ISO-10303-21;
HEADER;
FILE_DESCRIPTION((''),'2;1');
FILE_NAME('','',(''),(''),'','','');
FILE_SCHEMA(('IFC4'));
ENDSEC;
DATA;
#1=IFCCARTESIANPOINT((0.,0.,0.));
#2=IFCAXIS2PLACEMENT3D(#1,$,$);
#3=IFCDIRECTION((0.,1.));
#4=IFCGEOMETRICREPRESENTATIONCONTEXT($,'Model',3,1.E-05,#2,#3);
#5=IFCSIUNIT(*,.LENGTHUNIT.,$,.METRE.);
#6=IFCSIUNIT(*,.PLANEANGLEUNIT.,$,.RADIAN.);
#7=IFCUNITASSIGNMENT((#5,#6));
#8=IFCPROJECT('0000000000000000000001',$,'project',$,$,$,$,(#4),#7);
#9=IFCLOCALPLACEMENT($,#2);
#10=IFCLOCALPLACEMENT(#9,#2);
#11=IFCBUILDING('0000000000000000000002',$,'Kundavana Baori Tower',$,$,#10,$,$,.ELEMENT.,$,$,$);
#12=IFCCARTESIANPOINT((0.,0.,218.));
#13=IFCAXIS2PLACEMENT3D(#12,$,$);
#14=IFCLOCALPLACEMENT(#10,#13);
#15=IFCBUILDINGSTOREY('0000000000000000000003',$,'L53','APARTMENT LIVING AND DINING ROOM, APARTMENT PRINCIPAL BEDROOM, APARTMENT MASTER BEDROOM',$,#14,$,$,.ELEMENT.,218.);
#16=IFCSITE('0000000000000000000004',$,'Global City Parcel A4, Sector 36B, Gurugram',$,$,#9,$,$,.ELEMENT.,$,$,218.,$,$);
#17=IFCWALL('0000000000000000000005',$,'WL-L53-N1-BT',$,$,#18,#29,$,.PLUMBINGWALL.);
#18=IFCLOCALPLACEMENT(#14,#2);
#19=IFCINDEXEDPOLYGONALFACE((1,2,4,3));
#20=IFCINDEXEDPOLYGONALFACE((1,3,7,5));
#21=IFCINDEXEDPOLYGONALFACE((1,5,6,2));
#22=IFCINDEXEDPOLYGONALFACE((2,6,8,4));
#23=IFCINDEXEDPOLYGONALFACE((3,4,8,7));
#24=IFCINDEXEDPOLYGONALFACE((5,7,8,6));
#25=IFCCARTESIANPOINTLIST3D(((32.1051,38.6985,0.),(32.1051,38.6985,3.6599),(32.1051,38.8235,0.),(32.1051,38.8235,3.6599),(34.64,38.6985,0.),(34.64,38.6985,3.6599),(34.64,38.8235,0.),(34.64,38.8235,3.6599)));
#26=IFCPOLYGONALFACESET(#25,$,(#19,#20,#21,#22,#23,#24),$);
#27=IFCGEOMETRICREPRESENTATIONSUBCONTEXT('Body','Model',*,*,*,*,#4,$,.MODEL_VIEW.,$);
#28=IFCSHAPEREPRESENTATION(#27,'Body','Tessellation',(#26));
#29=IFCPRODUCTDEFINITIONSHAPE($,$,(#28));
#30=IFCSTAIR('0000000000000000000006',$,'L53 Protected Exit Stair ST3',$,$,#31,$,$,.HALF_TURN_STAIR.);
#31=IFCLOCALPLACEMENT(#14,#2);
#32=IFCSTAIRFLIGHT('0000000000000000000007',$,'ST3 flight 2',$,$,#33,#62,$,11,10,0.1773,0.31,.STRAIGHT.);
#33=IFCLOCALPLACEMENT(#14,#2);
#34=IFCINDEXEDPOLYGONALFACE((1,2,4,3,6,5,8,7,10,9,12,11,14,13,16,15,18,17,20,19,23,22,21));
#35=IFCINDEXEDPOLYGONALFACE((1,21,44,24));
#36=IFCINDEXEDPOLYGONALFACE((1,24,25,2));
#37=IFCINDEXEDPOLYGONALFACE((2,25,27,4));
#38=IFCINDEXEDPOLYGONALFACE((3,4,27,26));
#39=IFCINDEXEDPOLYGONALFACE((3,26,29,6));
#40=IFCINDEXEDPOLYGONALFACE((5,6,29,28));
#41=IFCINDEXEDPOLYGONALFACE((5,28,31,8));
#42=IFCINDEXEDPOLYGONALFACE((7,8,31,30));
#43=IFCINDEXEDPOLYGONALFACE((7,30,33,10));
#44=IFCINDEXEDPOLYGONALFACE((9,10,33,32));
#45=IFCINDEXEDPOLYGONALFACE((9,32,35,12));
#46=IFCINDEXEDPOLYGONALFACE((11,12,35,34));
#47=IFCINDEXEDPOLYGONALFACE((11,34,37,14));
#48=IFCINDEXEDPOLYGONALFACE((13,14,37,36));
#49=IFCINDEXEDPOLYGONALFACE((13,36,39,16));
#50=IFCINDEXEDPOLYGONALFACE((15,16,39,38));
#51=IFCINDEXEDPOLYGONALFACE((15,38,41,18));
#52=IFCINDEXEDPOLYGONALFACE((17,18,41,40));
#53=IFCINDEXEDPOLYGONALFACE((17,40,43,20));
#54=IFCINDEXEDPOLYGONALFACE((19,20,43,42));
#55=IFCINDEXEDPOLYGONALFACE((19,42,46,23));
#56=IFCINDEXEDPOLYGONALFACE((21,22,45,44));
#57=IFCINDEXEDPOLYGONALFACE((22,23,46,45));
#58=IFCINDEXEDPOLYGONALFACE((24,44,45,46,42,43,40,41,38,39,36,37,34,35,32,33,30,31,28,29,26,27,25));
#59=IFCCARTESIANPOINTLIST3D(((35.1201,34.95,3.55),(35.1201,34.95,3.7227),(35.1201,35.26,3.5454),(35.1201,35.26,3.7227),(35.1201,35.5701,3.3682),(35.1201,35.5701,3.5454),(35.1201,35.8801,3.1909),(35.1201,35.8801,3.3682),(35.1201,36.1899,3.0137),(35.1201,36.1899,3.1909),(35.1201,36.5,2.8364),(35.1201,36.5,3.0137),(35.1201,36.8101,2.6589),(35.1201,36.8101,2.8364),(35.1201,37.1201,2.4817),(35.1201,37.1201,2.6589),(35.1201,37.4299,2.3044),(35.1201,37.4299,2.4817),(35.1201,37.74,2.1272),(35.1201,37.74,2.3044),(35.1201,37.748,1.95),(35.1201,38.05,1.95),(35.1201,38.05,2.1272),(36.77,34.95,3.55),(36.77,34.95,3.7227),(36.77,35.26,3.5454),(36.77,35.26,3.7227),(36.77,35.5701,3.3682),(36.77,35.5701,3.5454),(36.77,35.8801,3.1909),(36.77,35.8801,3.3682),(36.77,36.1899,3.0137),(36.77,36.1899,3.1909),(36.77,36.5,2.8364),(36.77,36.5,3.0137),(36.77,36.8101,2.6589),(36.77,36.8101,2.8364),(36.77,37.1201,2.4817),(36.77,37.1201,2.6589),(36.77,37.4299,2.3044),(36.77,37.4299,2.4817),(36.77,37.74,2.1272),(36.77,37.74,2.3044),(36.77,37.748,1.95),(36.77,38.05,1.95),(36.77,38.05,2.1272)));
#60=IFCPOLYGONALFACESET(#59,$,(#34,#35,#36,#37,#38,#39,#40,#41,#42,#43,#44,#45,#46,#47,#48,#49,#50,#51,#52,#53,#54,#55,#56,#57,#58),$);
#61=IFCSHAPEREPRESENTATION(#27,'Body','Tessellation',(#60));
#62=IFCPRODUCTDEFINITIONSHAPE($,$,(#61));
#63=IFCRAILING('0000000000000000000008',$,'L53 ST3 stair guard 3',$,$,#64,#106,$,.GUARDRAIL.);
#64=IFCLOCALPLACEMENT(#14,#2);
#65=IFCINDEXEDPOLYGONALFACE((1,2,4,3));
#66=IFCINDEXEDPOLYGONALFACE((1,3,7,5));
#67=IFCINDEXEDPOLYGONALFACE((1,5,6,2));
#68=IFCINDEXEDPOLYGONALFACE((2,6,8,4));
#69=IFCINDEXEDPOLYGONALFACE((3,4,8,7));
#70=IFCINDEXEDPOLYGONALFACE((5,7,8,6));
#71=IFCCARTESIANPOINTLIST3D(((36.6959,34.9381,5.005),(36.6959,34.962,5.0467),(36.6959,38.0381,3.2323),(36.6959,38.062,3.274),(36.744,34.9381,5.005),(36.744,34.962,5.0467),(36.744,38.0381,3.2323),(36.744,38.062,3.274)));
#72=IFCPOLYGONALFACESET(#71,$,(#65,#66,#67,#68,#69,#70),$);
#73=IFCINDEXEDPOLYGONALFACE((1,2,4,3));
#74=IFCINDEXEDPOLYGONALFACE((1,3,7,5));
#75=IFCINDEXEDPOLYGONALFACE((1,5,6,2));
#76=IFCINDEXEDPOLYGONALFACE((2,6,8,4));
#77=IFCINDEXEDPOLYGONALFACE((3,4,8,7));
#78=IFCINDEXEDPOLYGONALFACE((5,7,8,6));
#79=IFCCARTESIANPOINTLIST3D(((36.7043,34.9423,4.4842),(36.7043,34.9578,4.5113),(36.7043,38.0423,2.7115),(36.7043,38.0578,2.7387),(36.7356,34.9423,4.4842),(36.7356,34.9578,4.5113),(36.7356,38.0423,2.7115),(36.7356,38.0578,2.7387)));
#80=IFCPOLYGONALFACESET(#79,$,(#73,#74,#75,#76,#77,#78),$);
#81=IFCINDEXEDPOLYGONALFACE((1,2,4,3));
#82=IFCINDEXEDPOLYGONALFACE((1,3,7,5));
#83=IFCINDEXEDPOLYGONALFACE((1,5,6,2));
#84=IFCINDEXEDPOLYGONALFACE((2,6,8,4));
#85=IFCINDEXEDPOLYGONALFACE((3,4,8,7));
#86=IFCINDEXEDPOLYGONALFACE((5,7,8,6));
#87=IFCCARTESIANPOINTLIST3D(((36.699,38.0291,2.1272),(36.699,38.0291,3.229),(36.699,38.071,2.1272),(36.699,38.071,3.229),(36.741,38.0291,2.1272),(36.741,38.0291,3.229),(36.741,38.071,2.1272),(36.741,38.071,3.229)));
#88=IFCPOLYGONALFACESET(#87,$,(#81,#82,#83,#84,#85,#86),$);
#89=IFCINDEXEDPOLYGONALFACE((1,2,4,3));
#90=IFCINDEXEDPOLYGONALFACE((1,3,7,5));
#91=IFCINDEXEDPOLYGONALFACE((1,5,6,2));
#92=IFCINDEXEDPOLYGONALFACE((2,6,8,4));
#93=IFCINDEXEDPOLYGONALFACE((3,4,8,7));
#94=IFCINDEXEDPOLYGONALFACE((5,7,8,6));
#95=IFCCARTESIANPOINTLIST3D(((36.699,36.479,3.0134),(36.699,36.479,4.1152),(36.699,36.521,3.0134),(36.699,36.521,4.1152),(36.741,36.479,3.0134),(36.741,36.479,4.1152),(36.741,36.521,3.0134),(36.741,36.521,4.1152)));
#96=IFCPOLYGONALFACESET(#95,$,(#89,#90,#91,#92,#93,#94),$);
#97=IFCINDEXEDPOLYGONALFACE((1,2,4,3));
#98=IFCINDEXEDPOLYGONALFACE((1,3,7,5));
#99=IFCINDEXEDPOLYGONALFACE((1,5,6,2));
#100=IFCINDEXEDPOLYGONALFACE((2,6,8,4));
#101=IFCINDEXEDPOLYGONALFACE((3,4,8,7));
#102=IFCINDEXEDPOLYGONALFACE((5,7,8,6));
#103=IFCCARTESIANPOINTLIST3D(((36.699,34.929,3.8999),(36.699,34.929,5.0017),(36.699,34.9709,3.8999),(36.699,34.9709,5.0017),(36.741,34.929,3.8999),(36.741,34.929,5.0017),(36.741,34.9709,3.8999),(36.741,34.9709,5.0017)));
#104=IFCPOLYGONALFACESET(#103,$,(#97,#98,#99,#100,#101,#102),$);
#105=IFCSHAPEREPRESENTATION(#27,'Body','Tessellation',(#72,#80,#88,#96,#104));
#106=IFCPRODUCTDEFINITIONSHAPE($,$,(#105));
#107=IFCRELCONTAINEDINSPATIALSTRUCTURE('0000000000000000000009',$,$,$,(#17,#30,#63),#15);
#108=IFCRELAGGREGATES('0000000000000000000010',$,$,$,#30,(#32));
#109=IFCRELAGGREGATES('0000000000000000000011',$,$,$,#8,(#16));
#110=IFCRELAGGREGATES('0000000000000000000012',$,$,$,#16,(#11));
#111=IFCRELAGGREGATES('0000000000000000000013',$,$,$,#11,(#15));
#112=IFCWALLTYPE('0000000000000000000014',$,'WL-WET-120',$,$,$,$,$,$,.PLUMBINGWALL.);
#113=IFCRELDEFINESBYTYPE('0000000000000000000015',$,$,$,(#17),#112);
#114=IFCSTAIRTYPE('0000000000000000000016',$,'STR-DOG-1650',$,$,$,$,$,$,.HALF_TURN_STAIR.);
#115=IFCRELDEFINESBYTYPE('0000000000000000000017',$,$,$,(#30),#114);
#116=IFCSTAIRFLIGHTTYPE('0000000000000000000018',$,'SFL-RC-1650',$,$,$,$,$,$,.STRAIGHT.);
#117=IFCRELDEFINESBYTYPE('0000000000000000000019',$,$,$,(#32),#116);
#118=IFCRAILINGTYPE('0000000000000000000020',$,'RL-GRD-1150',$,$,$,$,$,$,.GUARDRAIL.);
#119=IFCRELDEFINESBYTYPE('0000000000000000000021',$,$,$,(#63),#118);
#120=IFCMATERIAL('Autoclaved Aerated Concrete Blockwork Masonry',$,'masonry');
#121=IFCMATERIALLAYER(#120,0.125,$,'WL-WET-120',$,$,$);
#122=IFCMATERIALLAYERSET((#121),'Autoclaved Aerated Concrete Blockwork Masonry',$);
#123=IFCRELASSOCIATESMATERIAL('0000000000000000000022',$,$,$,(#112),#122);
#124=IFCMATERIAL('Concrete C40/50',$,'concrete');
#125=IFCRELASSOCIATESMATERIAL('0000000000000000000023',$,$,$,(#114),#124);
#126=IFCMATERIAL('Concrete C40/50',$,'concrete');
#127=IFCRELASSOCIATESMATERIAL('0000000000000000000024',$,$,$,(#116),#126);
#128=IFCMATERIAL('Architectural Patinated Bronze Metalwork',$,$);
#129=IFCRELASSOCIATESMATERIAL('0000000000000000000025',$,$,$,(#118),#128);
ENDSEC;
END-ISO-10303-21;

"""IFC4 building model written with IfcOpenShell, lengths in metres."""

from ifc_helpers import new_model, si_unit, direction, frame, frame_2d, origin, origin_2d, place, context, subcontext, project, spatial, polyline, rectangle, outline, extrude, material, layer, layer_set, type_object, element, aggregate, save


model = new_model("IFC4")

# Units and contexts
model_context = context("Model", 3, precision=1e-05, world=origin(), true_north=direction((0.0, 1.0)))
body_context = subcontext(model_context, "Body", "Model", "MODEL_VIEW")
ifc_project = project(units=[si_unit("LENGTHUNIT", "METRE"), si_unit("PLANEANGLEUNIT", "RADIAN")], contexts=[model_context])

# Site, building, storey
site_placement = place(None, origin())
site = spatial("IfcSite", under=ifc_project, at=site_placement, Name="Global City Parcel A4, Sector 36B, Gurugram", CompositionType="ELEMENT", RefElevation=218.0)
building_placement = place(site_placement, origin())
building = spatial("IfcBuilding", under=site, at=building_placement, Name="Kundavana Baori Tower", CompositionType="ELEMENT")
storey_placement = place(building_placement, frame((0.0, 0.0, 218.0)))
storey = spatial("IfcBuildingStorey", under=building, at=storey_placement, Name="L53", Description="APARTMENT LIVING AND DINING ROOM, APARTMENT PRINCIPAL BEDROOM, APARTMENT MASTER BEDROOM", CompositionType="ELEMENT", Elevation=218.0)

# Wall
ifc_material_1 = material(Name="Autoclaved Aerated Concrete Blockwork Masonry", Category="masonry")
ifc_layer_1 = layer(ifc_material_1, 0.125, Name="WL-WET-120")
ifc_layer_set_1 = layer_set([ifc_layer_1], Name="Autoclaved Aerated Concrete Blockwork Masonry")
wall_type_1 = type_object("IfcWallType", Name="WL-WET-120", PredefinedType="PLUMBINGWALL", material=ifc_layer_set_1)
wall_1_placement = place(storey_placement, frame((32.105, 38.761, 0.0), z_axis=(0.0, 0.0, 1.0), x_axis=(1.0, 0.0, 0.0)))
element("IfcWall", 1, at=wall_1_placement, inside=storey, type_object=wall_type_1, Name="WL-L53-N1-BT", PredefinedType="PLUMBINGWALL", context=body_context, shape_type="SweptSolid", body=[
    extrude(rectangle(XDim=2.5349, YDim=0.125, at=frame_2d((1.2676, 0.0))), origin(), (0.0, 0.0, 1.0), 3.6599),
])

# Stair, stair flight
ifc_material_2 = material(Name="Concrete C40/50", Category="concrete")
stair_type = type_object("IfcStairType", Name="STR-DOG-1650", PredefinedType="HALF_TURN_STAIR", material=ifc_material_2)
stair_placement = place(storey_placement, origin())
stair = element("IfcStair", 2, at=stair_placement, inside=storey, type_object=stair_type, Name="L53 Protected Exit Stair ST3", PredefinedType="HALF_TURN_STAIR")
ifc_material_3 = material(Name="Concrete C40/50", Category="concrete")
stair_flight_type = type_object("IfcStairFlightType", Name="SFL-RC-1650", PredefinedType="STRAIGHT", material=ifc_material_3)
stair_flight_placement = place(storey_placement, frame((35.9451, 38.05, 1.95), z_axis=(0.0, 0.0, 1.0), x_axis=(0.0, -1.0, 0.0)))
stair_flight = element("IfcStairFlight", 3, at=stair_flight_placement, type_object=stair_flight_type, Name="ST3 flight 2", NumberOfRisers=11, NumberOfTreads=10, PredefinedType="STRAIGHT", RiserHeight=0.1773, TreadLength=0.31, context=body_context, shape_type="SweptSolid", body=[
    extrude(outline(polyline([(0.0, 0.0), (0.0, 0.1772), (0.3101, 0.1772), (0.3101, 0.3545), (0.6201, 0.3545), (0.6201, 0.5317), (0.9299, 0.5317), (0.9299, 0.709), (1.24, 0.709), (1.24, 0.8865), (1.55, 0.8865), (1.55, 1.0637), (1.8601, 1.0637), (1.8601, 1.241), (2.1699, 1.241), (2.1699, 1.4182), (2.48, 1.4182), (2.48, 1.5955), (2.79, 1.5955), (2.79, 1.7727), (3.1001, 1.7727), (3.1001, 1.95), (3.1001, 1.6001), (0.302, 0.0), (0.0, 0.0)])), frame((0.0, 0.825, 0.0), z_axis=(0.0, -1.0, 0.0), x_axis=(1.0, 0.0, 0.0)), (0.0, 0.0, 1.0), 1.6499),
])
aggregate(stair, [stair_flight])

# Railing
ifc_material_4 = material(Name="Architectural Patinated Bronze Metalwork")
railing_type = type_object("IfcRailingType", Name="RL-GRD-1150", PredefinedType="GUARDRAIL", material=ifc_material_4)
railing_placement = place(storey_placement, frame((36.72, 38.05, 2.1272)))
element("IfcRailing", 4, at=railing_placement, inside=storey, type_object=railing_type, Name="L53 ST3 stair guard 3", PredefinedType="GUARDRAIL", context=body_context, shape_type="SweptSolid", body=[
    extrude(rectangle(XDim=0.0481, YDim=0.0481, at=origin_2d()), frame((0.0, 0.0, 1.126), z_axis=(0.0, -0.868096, 0.496397), x_axis=(1.0, 0.0, 0.0)), (0.0, 0.0, 1.0), 3.571),
    extrude(rectangle(XDim=0.0312, YDim=0.0312, at=origin_2d()), frame((0.0, 0.0, 0.5979), z_axis=(0.0, -0.868096, 0.496397), x_axis=(1.0, 0.0, 0.0)), (0.0, 0.0, 1.0), 3.571),
    extrude(rectangle(XDim=0.042, YDim=0.042, at=origin_2d()), origin(), (0.0, 0.0, 1.0), 1.1018),
    extrude(rectangle(XDim=0.042, YDim=0.042, at=origin_2d()), frame((0.0, -1.55, 0.8862)), (0.0, 0.0, 1.0), 1.1018),
    extrude(rectangle(XDim=0.042, YDim=0.042, at=origin_2d()), frame((0.0, -3.1001, 1.7727)), (0.0, 0.0, 1.0), 1.1018),
])

save(model, "model.ifc")
